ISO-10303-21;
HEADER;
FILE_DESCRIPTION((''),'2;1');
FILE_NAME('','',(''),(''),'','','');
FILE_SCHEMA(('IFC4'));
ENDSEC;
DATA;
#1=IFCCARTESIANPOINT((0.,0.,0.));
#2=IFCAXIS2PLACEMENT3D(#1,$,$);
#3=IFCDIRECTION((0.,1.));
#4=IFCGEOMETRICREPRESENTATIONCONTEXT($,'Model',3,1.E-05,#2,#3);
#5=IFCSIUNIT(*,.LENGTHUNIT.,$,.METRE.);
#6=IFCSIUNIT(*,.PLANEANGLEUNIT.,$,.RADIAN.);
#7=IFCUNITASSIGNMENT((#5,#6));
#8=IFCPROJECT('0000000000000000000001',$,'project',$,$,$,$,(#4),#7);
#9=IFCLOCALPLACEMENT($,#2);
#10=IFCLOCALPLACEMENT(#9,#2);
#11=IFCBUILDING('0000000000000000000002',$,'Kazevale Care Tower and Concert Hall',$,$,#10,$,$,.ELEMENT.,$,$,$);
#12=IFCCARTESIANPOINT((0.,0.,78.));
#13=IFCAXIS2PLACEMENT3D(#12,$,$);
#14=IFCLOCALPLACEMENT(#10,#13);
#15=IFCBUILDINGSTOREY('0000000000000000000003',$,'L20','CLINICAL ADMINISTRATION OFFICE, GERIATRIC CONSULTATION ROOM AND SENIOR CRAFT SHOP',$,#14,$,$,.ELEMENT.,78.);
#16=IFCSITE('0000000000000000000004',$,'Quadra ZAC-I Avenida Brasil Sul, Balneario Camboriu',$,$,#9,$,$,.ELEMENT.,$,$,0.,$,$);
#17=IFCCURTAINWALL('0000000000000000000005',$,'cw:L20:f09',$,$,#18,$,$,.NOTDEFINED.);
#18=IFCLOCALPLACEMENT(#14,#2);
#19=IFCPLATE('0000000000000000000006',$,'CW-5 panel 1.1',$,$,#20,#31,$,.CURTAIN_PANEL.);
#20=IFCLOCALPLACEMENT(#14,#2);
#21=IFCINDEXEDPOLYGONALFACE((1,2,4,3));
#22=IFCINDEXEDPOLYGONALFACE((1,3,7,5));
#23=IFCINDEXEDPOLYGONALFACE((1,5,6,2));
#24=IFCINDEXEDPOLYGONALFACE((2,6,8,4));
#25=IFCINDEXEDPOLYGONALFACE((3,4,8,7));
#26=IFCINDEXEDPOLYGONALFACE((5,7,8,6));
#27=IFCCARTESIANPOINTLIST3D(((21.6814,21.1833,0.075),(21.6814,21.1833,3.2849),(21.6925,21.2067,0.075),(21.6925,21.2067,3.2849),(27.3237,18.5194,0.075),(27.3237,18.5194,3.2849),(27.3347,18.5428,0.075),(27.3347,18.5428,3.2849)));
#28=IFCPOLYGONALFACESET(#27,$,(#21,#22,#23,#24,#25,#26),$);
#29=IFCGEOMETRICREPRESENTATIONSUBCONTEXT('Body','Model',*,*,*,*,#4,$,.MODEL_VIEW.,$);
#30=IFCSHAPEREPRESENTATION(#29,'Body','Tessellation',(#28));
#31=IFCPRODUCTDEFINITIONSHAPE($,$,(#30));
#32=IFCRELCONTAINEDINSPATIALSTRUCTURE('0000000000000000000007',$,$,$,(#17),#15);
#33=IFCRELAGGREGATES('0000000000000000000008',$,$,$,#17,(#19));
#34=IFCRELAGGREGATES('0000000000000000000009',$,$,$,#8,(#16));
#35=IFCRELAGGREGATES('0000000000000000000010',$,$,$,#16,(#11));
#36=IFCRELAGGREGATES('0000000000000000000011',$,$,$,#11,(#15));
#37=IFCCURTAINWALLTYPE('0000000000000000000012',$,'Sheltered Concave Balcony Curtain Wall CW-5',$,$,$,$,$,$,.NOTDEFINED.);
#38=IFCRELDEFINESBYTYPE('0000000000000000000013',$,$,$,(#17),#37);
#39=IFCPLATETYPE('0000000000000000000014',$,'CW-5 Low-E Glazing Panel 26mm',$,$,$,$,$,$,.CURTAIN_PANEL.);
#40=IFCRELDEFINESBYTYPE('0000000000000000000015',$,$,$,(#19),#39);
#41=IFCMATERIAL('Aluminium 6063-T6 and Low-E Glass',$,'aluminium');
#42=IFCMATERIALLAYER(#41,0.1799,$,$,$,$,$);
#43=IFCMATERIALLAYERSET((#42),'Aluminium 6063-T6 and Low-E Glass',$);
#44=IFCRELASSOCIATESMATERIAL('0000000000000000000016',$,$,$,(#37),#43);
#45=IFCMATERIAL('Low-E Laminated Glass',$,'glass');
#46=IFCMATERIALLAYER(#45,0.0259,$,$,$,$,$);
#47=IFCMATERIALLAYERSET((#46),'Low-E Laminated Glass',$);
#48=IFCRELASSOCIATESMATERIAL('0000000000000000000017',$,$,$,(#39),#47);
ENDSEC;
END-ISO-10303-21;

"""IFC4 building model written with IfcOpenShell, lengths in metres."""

from ifc_helpers import new_model, si_unit, direction, frame, origin, origin_2d, place, context, subcontext, project, spatial, rectangle, extrude, material, layer, layer_set, type_object, element, aggregate, save


model = new_model("IFC4")

# Units and contexts
model_context = context("Model", 3, precision=1e-05, world=origin(), true_north=direction((0.0, 1.0)))
body_context = subcontext(model_context, "Body", "Model", "MODEL_VIEW")
ifc_project = project(units=[si_unit("LENGTHUNIT", "METRE"), si_unit("PLANEANGLEUNIT", "RADIAN")], contexts=[model_context])

# Site, building, storey
site_placement = place(None, origin())
site = spatial("IfcSite", under=ifc_project, at=site_placement, Name="Quadra ZAC-I Avenida Brasil Sul, Balneario Camboriu", CompositionType="ELEMENT", RefElevation=0.0)
building_placement = place(site_placement, origin())
building = spatial("IfcBuilding", under=site, at=building_placement, Name="Kazevale Care Tower and Concert Hall", CompositionType="ELEMENT")
storey_placement = place(building_placement, frame((0.0, 0.0, 78.0)))
storey = spatial("IfcBuildingStorey", under=building, at=storey_placement, Name="L20", Description="CLINICAL ADMINISTRATION OFFICE, GERIATRIC CONSULTATION ROOM AND SENIOR CRAFT SHOP", CompositionType="ELEMENT", Elevation=78.0)

# Shared definitions
ifc_material_1 = material(Name="Aluminium 6063-T6 and Low-E Glass", Category="aluminium")
ifc_layer_1 = layer(ifc_material_1, 0.1799)
ifc_layer_set_1 = layer_set([ifc_layer_1], Name="Aluminium 6063-T6 and Low-E Glass")
curtain_wall_type = type_object("IfcCurtainWallType", Name="Sheltered Concave Balcony Curtain Wall CW-5", PredefinedType="NOTDEFINED", material=ifc_layer_set_1)

# Curtain wall
curtain_wall_1_placement = place(storey_placement, origin())
curtain_wall_1 = element("IfcCurtainWall", 1, at=curtain_wall_1_placement, inside=storey, type_object=curtain_wall_type, Name="cw:L20:f09", PredefinedType="NOTDEFINED")

# Plate
ifc_material_2 = material(Name="Low-E Laminated Glass", Category="glass")
ifc_layer_2 = layer(ifc_material_2, 0.0259)
ifc_layer_set_2 = layer_set([ifc_layer_2], Name="Low-E Laminated Glass")
plate_type = type_object("IfcPlateType", Name="CW-5 Low-E Glazing Panel 26mm", PredefinedType="CURTAIN_PANEL", material=ifc_layer_set_2)
plate_1_placement = place(storey_placement, frame((24.5081, 19.863, 0.075), z_axis=(0.0, 0.0, 1.0), x_axis=(-0.904279, 0.426942, 0.0)))
plate_1 = element("IfcPlate", 2, at=plate_1_placement, type_object=plate_type, Name="CW-5 panel 1.1", PredefinedType="CURTAIN_PANEL", context=body_context, shape_type="SweptSolid", body=[
    extrude(rectangle(XDim=6.2395, YDim=0.0259, at=origin_2d()), origin(), (0.0, 0.0, 1.0), 3.21),
])
aggregate(curtain_wall_1, [plate_1])

save(model, "model.ifc")
